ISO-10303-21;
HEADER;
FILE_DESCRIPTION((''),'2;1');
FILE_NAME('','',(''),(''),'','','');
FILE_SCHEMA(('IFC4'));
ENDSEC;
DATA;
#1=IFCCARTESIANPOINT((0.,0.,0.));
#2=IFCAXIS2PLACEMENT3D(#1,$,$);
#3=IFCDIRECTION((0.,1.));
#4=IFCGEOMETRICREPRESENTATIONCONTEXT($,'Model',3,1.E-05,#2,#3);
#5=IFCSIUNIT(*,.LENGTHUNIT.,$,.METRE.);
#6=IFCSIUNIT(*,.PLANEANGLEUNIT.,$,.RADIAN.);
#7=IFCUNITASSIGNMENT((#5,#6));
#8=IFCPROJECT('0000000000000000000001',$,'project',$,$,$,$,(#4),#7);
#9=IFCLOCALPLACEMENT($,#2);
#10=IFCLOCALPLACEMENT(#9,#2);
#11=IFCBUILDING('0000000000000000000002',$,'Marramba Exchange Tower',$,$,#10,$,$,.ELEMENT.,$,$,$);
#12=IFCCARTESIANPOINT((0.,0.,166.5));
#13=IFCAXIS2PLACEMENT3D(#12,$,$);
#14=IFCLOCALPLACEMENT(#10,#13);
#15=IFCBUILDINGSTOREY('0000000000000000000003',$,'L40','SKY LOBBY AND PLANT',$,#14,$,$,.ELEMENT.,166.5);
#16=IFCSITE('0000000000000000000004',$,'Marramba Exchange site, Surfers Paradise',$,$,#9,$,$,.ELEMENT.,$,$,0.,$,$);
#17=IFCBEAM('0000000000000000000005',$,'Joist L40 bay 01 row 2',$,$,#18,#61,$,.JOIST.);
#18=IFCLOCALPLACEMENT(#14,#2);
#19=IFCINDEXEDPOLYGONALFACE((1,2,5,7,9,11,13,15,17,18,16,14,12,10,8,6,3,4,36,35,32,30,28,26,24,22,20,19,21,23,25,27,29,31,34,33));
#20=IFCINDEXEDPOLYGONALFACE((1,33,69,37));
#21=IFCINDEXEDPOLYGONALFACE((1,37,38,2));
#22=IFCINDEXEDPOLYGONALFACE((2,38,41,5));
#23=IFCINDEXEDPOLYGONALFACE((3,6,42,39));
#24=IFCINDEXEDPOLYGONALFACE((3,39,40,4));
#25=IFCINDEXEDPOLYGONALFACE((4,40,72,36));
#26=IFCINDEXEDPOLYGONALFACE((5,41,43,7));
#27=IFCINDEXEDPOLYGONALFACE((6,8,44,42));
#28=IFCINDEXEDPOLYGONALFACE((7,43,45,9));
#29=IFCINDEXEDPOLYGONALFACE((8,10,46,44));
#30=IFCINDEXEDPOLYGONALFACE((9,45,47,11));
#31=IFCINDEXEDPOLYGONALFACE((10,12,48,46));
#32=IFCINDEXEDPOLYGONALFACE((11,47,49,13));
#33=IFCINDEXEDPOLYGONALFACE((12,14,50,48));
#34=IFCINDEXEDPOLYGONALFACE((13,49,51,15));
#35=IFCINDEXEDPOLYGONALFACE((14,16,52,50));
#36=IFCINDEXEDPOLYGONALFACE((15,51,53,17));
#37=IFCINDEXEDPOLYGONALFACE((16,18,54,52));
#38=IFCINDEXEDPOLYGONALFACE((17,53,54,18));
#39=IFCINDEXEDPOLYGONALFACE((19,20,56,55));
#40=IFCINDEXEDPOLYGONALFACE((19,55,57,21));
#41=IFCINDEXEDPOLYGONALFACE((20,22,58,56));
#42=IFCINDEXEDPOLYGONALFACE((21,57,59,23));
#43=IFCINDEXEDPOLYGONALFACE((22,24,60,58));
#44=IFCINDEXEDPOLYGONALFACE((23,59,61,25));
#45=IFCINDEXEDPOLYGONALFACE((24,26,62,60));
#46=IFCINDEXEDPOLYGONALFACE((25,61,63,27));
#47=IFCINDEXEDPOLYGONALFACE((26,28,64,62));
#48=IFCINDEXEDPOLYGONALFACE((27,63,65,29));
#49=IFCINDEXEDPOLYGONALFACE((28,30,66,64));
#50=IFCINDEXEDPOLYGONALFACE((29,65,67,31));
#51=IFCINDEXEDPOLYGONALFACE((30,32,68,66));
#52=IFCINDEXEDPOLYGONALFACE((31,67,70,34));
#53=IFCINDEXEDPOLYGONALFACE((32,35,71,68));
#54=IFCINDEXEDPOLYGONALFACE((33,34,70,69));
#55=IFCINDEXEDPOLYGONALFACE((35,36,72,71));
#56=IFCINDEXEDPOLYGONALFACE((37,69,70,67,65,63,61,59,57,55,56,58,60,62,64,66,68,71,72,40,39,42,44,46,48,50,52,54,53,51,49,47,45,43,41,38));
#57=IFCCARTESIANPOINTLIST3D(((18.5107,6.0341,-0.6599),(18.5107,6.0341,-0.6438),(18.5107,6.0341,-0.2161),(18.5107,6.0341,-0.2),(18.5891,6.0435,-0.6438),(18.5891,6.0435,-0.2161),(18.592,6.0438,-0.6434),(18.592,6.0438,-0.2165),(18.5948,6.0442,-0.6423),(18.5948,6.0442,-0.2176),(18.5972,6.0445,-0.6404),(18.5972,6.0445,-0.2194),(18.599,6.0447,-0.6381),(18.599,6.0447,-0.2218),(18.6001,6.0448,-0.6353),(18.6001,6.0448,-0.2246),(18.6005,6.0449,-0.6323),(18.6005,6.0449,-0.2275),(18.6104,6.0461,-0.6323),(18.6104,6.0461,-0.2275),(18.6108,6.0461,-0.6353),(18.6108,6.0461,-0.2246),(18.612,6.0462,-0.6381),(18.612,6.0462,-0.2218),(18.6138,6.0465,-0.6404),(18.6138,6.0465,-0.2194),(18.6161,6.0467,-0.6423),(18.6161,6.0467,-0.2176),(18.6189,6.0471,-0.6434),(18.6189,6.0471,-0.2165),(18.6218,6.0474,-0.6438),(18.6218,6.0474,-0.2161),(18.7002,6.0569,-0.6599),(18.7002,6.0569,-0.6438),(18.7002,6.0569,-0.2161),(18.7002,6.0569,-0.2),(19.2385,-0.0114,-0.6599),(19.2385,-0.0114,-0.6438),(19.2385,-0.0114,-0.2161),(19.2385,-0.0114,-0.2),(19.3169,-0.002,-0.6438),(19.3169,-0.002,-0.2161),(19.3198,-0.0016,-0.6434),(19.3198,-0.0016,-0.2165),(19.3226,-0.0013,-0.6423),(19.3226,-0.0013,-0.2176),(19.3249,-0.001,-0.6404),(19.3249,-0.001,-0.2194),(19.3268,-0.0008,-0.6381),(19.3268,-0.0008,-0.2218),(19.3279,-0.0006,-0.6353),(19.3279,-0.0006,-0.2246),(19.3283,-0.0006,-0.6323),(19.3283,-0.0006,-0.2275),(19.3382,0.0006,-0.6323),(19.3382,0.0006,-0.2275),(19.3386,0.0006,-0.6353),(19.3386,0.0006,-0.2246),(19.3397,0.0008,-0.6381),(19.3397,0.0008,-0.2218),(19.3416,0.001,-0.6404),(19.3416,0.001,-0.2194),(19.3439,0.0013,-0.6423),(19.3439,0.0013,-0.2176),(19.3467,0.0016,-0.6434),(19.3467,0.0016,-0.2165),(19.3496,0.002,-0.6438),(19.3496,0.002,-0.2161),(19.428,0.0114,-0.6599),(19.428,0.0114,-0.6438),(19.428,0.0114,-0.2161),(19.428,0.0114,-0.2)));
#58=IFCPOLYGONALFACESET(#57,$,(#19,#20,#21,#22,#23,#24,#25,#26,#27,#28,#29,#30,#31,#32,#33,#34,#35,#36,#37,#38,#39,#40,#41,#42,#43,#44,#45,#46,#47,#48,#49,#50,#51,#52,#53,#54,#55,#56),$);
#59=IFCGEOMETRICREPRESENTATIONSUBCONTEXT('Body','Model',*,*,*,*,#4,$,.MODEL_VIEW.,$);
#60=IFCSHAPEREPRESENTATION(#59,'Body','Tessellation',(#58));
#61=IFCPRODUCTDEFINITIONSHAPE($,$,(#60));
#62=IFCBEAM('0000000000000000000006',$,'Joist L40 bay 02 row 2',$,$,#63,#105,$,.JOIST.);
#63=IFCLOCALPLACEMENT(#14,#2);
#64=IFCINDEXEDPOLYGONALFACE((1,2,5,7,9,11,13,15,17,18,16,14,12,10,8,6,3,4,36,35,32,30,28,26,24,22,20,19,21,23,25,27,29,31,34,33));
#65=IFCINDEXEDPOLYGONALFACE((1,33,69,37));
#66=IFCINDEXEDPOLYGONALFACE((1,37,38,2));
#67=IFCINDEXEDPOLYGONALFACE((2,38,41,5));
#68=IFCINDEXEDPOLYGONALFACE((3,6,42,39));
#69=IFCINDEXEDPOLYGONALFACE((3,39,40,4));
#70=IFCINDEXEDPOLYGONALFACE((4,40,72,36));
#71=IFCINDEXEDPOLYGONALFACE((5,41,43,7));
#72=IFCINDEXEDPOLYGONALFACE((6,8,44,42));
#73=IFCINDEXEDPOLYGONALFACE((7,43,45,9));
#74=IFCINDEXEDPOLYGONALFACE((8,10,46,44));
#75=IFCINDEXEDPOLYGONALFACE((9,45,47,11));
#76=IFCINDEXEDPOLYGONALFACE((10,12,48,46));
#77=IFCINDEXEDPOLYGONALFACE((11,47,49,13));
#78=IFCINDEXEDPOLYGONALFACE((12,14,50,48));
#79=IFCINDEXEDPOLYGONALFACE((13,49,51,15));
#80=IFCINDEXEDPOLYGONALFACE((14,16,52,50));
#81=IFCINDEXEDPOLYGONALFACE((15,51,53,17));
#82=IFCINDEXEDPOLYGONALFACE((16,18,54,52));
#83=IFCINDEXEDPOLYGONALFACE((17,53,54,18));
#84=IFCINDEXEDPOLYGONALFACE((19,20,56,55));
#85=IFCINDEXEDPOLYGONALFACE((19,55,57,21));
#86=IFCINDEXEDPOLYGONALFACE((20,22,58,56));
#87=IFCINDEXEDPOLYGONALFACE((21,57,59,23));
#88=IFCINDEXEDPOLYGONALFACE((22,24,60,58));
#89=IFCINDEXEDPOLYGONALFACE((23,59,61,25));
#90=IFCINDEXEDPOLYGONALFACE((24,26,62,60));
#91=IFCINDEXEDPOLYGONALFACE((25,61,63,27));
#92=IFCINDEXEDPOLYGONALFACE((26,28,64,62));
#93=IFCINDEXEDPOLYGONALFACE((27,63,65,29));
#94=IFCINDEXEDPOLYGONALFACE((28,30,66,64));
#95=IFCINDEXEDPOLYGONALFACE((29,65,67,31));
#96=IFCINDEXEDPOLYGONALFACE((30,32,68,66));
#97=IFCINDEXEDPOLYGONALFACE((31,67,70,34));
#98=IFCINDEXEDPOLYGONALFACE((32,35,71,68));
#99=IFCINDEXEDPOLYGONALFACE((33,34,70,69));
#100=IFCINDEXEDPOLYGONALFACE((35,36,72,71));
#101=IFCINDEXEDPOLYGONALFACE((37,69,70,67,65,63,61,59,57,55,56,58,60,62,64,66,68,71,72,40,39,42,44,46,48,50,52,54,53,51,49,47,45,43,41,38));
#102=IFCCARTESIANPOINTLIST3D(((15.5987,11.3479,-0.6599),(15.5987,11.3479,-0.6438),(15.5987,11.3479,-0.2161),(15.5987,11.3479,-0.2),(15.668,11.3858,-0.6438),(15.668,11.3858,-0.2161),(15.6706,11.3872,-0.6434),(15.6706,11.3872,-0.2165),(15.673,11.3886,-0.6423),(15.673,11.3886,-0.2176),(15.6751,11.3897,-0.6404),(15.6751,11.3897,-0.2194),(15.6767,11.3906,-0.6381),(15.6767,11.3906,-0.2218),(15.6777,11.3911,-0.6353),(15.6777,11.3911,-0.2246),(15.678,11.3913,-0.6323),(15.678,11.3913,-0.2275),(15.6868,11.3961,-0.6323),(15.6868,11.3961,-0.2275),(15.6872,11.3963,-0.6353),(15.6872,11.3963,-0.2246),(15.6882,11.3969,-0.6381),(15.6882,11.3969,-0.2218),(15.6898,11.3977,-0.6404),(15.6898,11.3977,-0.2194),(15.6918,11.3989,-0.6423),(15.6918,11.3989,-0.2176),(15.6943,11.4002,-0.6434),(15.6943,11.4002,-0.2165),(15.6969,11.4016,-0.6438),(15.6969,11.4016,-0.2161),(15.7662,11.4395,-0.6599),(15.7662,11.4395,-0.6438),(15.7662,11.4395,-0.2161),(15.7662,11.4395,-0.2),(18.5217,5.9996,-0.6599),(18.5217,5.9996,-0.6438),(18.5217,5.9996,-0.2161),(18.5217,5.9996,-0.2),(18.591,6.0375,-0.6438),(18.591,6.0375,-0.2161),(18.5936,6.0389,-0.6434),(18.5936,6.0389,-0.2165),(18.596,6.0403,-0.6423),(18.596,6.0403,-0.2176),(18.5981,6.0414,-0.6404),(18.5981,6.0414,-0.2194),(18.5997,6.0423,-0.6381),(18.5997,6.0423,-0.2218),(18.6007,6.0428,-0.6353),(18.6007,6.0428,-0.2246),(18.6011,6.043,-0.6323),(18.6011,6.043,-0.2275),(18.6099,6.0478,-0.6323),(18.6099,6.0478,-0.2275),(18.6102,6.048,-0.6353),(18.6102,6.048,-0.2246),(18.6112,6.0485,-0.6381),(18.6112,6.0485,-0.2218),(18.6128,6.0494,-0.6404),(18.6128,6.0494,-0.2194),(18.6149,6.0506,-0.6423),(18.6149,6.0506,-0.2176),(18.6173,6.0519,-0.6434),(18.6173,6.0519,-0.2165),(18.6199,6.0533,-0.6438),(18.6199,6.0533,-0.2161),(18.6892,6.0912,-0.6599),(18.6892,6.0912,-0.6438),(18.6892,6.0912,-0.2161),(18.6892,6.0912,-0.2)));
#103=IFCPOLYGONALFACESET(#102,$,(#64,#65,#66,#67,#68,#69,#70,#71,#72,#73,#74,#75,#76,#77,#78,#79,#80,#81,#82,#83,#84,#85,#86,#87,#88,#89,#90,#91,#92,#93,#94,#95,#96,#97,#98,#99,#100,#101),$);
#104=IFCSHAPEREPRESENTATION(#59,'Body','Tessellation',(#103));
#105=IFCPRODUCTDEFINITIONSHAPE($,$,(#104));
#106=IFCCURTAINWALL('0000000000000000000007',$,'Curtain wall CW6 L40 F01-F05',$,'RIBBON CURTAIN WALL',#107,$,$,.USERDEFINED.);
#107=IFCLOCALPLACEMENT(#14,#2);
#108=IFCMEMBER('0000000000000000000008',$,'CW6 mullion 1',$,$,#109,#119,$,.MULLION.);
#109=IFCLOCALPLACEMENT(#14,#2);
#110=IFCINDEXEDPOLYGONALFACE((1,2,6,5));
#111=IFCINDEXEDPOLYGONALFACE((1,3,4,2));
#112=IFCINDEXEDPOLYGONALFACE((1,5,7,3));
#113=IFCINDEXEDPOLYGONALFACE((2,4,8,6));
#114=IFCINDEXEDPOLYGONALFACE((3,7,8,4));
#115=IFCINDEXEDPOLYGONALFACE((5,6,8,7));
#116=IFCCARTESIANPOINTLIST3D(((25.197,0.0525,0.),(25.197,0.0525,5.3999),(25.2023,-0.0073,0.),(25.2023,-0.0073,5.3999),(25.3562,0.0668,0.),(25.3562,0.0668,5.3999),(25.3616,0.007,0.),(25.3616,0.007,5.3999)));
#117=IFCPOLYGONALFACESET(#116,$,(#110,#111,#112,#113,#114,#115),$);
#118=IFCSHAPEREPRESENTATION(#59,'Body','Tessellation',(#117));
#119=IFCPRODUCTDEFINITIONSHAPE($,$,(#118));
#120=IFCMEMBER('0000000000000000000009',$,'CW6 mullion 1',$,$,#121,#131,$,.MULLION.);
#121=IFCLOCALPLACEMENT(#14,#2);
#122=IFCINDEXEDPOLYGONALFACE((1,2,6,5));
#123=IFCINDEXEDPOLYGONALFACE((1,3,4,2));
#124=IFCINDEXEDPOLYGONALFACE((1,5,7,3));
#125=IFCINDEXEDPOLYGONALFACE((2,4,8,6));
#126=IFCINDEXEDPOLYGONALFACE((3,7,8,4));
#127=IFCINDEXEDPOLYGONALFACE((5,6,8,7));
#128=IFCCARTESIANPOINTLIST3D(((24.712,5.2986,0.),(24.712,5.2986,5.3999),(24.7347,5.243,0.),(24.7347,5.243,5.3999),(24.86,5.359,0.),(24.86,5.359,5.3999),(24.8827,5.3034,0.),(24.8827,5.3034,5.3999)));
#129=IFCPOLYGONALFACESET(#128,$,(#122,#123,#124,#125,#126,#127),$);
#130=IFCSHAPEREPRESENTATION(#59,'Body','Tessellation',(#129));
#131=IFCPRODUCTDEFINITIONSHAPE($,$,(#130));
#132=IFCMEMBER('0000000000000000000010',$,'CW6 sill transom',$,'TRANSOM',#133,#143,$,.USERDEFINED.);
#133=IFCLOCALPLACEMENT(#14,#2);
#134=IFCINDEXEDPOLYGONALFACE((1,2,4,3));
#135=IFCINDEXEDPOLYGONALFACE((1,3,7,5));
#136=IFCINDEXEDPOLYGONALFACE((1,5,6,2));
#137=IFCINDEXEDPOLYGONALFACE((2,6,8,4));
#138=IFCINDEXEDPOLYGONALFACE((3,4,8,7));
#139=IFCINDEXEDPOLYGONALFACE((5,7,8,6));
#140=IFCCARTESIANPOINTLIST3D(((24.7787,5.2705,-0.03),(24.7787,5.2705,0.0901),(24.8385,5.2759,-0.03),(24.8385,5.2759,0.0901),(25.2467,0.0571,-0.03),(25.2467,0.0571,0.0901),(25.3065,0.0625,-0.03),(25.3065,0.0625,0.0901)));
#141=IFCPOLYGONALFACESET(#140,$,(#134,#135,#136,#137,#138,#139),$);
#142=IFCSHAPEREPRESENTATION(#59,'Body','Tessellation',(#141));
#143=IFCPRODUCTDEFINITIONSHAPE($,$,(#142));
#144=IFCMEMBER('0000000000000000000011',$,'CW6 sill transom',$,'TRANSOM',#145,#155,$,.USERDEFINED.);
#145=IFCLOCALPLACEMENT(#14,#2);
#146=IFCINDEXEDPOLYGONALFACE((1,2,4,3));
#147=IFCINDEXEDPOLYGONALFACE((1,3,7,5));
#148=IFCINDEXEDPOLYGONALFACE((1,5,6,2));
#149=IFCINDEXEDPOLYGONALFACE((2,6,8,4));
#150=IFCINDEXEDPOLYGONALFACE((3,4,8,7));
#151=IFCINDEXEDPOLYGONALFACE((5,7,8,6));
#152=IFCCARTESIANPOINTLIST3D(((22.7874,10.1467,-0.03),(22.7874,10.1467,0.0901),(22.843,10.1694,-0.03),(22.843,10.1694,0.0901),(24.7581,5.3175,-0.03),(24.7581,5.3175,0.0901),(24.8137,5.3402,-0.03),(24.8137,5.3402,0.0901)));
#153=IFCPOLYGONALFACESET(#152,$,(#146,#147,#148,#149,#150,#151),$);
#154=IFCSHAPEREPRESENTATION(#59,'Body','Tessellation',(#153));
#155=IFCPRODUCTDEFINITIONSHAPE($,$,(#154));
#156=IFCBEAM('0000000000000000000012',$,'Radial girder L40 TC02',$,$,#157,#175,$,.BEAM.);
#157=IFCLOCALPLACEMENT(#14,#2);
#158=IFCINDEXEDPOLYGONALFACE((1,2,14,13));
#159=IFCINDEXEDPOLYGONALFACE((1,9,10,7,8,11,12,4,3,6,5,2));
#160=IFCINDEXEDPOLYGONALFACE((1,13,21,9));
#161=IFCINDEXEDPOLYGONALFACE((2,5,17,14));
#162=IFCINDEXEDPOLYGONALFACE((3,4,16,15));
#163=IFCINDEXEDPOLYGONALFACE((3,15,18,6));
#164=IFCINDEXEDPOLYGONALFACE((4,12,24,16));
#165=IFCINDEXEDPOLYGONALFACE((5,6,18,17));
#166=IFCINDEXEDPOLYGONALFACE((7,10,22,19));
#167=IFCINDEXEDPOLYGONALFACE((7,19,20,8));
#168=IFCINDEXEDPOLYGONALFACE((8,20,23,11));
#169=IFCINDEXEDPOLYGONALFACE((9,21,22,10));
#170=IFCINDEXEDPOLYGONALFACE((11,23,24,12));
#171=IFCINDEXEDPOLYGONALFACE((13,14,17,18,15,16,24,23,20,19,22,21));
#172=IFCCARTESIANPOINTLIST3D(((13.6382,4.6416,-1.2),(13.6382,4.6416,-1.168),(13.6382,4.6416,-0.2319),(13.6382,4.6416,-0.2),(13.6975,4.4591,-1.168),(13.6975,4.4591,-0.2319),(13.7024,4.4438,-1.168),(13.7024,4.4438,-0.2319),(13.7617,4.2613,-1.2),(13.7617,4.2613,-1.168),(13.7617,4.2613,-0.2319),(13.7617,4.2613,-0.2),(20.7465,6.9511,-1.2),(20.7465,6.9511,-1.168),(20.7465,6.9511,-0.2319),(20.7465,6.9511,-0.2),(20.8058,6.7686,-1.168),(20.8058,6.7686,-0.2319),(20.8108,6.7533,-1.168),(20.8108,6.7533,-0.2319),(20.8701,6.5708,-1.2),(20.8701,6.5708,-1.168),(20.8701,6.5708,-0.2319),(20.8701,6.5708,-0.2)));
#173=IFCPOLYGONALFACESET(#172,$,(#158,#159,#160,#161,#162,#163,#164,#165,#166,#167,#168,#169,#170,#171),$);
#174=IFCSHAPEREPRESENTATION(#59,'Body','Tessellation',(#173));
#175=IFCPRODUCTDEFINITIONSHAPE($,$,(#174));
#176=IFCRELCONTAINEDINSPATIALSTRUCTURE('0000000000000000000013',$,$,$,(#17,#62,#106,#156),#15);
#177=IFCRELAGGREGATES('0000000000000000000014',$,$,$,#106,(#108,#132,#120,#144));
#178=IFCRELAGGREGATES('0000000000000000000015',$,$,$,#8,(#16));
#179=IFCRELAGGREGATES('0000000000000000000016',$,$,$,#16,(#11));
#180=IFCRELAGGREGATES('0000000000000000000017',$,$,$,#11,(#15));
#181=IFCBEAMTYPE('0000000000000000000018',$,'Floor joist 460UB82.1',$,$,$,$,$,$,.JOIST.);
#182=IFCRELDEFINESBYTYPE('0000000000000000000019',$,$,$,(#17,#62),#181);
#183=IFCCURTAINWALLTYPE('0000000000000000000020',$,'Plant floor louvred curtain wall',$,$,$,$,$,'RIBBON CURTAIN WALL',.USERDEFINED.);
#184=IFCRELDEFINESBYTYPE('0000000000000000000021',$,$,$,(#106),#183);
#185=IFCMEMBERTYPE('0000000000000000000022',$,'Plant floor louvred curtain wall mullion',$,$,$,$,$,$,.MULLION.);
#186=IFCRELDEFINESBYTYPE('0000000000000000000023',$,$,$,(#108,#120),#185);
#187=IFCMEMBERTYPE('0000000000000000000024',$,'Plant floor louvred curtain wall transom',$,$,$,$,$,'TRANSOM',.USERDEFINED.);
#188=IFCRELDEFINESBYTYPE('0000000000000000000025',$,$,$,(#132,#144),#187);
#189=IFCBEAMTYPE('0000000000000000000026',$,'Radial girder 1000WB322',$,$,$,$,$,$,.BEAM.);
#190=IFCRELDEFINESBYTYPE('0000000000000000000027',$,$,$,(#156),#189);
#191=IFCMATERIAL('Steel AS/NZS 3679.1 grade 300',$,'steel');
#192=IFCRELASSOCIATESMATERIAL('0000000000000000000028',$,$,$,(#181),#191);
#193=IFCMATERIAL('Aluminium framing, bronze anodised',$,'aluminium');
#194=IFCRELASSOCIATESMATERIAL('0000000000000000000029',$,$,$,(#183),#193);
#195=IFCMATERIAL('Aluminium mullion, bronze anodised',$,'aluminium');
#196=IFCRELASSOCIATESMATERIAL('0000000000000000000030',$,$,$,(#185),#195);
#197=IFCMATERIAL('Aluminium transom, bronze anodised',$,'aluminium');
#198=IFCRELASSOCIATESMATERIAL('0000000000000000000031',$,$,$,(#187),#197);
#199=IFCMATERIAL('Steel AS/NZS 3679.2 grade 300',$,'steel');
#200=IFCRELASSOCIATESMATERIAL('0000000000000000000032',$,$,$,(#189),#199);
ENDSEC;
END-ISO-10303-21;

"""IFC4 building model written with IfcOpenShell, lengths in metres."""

from ifc_helpers import new_model, si_unit, direction, frame, origin, origin_2d, place, context, subcontext, project, spatial, rectangle, i_section, extrude, material, material_profile, profile_set, type_object, element, aggregate, save


model = new_model("IFC4")

# Units and contexts
model_context = context("Model", 3, precision=1e-05, world=origin(), true_north=direction((0.0, 1.0)))
body_context = subcontext(model_context, "Body", "Model", "MODEL_VIEW")
ifc_project = project(units=[si_unit("LENGTHUNIT", "METRE"), si_unit("PLANEANGLEUNIT", "RADIAN")], contexts=[model_context])

# Site, building, storey
site_placement = place(None, origin())
site = spatial("IfcSite", under=ifc_project, at=site_placement, Name="Marramba Exchange site, Surfers Paradise", CompositionType="ELEMENT", RefElevation=0.0)
building_placement = place(site_placement, origin())
building = spatial("IfcBuilding", under=site, at=building_placement, Name="Marramba Exchange Tower", CompositionType="ELEMENT")
storey_placement = place(building_placement, frame((0.0, 0.0, 166.5)))
storey = spatial("IfcBuildingStorey", under=building, at=storey_placement, Name="L40", Description="SKY LOBBY AND PLANT", CompositionType="ELEMENT", Elevation=166.5)

# Shared definitions
ifc_material_1 = material(Name="Steel AS/NZS 3679.2 grade 300", Category="steel")

# Beams
ifc_material_2 = material(Name="Steel AS/NZS 3679.1 grade 300", Category="steel")
ifc_material_profile_1 = material_profile(ifc_material_2, i_section(OverallWidth=0.1909, OverallDepth=0.46, WebThickness=0.01, FlangeThickness=0.0161, FilletRadius=0.0115, at=origin_2d()), Name="460UB82.1")
ifc_profile_set_1 = profile_set([ifc_material_profile_1], Name="Steel AS/NZS 3679.1 grade 300")
beam_type_1 = type_object("IfcBeamType", Name="Floor joist 460UB82.1", PredefinedType="JOIST", material=ifc_profile_set_1)
beam_1_placement = place(storey_placement, frame((19.3333, 0.0, -0.4299), z_axis=(-0.119523, 0.992831, 0.0), x_axis=(-0.992831, -0.119523, 0.0)))
element("IfcBeam", 1, at=beam_1_placement, inside=storey, type_object=beam_type_1, Name="Joist L40 bay 01 row 2", PredefinedType="JOIST", context=body_context, shape_type="SweptSolid", body=[
    extrude(i_section(OverallWidth=0.1909, OverallDepth=0.46, WebThickness=0.01, FlangeThickness=0.0161, FilletRadius=0.0115, at=origin_2d()), origin(), (0.0, 0.0, 1.0), 6.0891),
])
beam_2_placement = place(storey_placement, frame((18.6055, 6.0454, -0.4299), z_axis=(-0.479584, 0.877496, 0.0), x_axis=(-0.877496, -0.479584, 0.0)))
element("IfcBeam", 2, at=beam_2_placement, inside=storey, type_object=beam_type_1, Name="Joist L40 bay 02 row 2", PredefinedType="JOIST", context=body_context, shape_type="SweptSolid", body=[
    extrude(i_section(OverallWidth=0.1909, OverallDepth=0.46, WebThickness=0.01, FlangeThickness=0.0161, FilletRadius=0.0115, at=origin_2d()), origin(), (0.0, 0.0, 1.0), 6.095),
])

# Curtain wall, members
ifc_material_3 = material(Name="Aluminium framing, bronze anodised", Category="aluminium")
curtain_wall_type = type_object("IfcCurtainWallType", Name="Plant floor louvred curtain wall", ElementType="RIBBON CURTAIN WALL", PredefinedType="USERDEFINED", material=ifc_material_3)
curtain_wall_placement = place(storey_placement, origin())
curtain_wall = element("IfcCurtainWall", 3, at=curtain_wall_placement, inside=storey, type_object=curtain_wall_type, Name="Curtain wall CW6 L40 F01-F05", ObjectType="RIBBON CURTAIN WALL", PredefinedType="USERDEFINED")
ifc_material_4 = material(Name="Aluminium mullion, bronze anodised", Category="aluminium")
ifc_material_profile_2 = material_profile(ifc_material_4, rectangle(XDim=0.1599, YDim=0.0601, at=origin_2d()), Name="CW6 mullion 60x160")
ifc_profile_set_2 = profile_set([ifc_material_profile_2], Name="Aluminium mullion, bronze anodised")
member_type_1 = type_object("IfcMemberType", Name="Plant floor louvred curtain wall mullion", PredefinedType="MULLION", material=ifc_profile_set_2)
member_1_placement = place(storey_placement, frame((25.2793, 0.0298, 0.0), z_axis=(0.0, 0.0, 1.0), x_axis=(-0.995995, -0.089413, 0.0)))
member_1 = element("IfcMember", 4, at=member_1_placement, type_object=member_type_1, Name="CW6 mullion 1", PredefinedType="MULLION", context=body_context, shape_type="SweptSolid", body=[
    extrude(rectangle(XDim=0.1599, YDim=0.0601, at=origin_2d()), origin(), (0.0, 0.0, 1.0), 5.3999),
])
member_2_placement = place(storey_placement, frame((24.7974, 5.301, 0.0), z_axis=(0.0, 0.0, 1.0), x_axis=(-0.925879, -0.377821, 0.0)))
member_2 = element("IfcMember", 5, at=member_2_placement, type_object=member_type_1, Name="CW6 mullion 1", PredefinedType="MULLION", context=body_context, shape_type="SweptSolid", body=[
    extrude(rectangle(XDim=0.1599, YDim=0.0601, at=origin_2d()), origin(), (0.0, 0.0, 1.0), 5.3999),
])
ifc_material_5 = material(Name="Aluminium transom, bronze anodised", Category="aluminium")
ifc_material_profile_3 = material_profile(ifc_material_5, rectangle(XDim=0.0601, YDim=0.1201, at=origin_2d()), Name="CW6 transom 60x120")
ifc_profile_set_3 = profile_set([ifc_material_profile_3], Name="Aluminium transom, bronze anodised")
member_type_2 = type_object("IfcMemberType", Name="Plant floor louvred curtain wall transom", ElementType="TRANSOM", PredefinedType="USERDEFINED", material=ifc_profile_set_3)
member_3_placement = place(storey_placement, frame((25.2766, 0.0598, 0.03), z_axis=(-0.089413, 0.995995, 0.0), x_axis=(-0.995995, -0.089413, 0.0)))
member_3 = element("IfcMember", 6, at=member_3_placement, type_object=member_type_2, Name="CW6 sill transom", ObjectType="TRANSOM", PredefinedType="USERDEFINED", context=body_context, shape_type="SweptSolid", body=[
    extrude(rectangle(XDim=0.0601, YDim=0.1201, at=origin_2d()), origin(), (0.0, 0.0, 1.0), 5.2344),
])
member_4_placement = place(storey_placement, frame((24.7859, 5.3289, 0.03), z_axis=(-0.377838, 0.925872, 0.0), x_axis=(-0.925872, -0.377838, 0.0)))
member_4 = element("IfcMember", 7, at=member_4_placement, type_object=member_type_2, Name="CW6 sill transom", ObjectType="TRANSOM", PredefinedType="USERDEFINED", context=body_context, shape_type="SweptSolid", body=[
    extrude(rectangle(XDim=0.0601, YDim=0.1201, at=origin_2d()), origin(), (0.0, 0.0, 1.0), 5.2158),
])

# Beam
ifc_material_profile_4 = material_profile(ifc_material_1, i_section(OverallWidth=0.3999, OverallDepth=1.0, WebThickness=0.0161, FlangeThickness=0.032, at=origin_2d()), Name="1000WB322")
ifc_profile_set_4 = profile_set([ifc_material_profile_4], Name="Steel AS/NZS 3679.2 grade 300")
beam_type_2 = type_object("IfcBeamType", Name="Radial girder 1000WB322", PredefinedType="BEAM", material=ifc_profile_set_4)
beam_3_placement = place(storey_placement, frame((13.7, 4.4514, -0.7), z_axis=(0.95106, 0.309006, 0.0), x_axis=(-0.309006, 0.95106, 0.0)))
element("IfcBeam", 8, at=beam_3_placement, inside=storey, type_object=beam_type_2, Name="Radial girder L40 TC02", PredefinedType="BEAM", context=body_context, shape_type="SweptSolid", body=[
    extrude(i_section(OverallWidth=0.3999, OverallDepth=1.0, WebThickness=0.0161, FlangeThickness=0.032, at=origin_2d()), origin(), (0.0, 0.0, 1.0), 7.4741),
])

aggregate(curtain_wall, [member_1, member_3, member_2, member_4])

save(model, "model.ifc")
